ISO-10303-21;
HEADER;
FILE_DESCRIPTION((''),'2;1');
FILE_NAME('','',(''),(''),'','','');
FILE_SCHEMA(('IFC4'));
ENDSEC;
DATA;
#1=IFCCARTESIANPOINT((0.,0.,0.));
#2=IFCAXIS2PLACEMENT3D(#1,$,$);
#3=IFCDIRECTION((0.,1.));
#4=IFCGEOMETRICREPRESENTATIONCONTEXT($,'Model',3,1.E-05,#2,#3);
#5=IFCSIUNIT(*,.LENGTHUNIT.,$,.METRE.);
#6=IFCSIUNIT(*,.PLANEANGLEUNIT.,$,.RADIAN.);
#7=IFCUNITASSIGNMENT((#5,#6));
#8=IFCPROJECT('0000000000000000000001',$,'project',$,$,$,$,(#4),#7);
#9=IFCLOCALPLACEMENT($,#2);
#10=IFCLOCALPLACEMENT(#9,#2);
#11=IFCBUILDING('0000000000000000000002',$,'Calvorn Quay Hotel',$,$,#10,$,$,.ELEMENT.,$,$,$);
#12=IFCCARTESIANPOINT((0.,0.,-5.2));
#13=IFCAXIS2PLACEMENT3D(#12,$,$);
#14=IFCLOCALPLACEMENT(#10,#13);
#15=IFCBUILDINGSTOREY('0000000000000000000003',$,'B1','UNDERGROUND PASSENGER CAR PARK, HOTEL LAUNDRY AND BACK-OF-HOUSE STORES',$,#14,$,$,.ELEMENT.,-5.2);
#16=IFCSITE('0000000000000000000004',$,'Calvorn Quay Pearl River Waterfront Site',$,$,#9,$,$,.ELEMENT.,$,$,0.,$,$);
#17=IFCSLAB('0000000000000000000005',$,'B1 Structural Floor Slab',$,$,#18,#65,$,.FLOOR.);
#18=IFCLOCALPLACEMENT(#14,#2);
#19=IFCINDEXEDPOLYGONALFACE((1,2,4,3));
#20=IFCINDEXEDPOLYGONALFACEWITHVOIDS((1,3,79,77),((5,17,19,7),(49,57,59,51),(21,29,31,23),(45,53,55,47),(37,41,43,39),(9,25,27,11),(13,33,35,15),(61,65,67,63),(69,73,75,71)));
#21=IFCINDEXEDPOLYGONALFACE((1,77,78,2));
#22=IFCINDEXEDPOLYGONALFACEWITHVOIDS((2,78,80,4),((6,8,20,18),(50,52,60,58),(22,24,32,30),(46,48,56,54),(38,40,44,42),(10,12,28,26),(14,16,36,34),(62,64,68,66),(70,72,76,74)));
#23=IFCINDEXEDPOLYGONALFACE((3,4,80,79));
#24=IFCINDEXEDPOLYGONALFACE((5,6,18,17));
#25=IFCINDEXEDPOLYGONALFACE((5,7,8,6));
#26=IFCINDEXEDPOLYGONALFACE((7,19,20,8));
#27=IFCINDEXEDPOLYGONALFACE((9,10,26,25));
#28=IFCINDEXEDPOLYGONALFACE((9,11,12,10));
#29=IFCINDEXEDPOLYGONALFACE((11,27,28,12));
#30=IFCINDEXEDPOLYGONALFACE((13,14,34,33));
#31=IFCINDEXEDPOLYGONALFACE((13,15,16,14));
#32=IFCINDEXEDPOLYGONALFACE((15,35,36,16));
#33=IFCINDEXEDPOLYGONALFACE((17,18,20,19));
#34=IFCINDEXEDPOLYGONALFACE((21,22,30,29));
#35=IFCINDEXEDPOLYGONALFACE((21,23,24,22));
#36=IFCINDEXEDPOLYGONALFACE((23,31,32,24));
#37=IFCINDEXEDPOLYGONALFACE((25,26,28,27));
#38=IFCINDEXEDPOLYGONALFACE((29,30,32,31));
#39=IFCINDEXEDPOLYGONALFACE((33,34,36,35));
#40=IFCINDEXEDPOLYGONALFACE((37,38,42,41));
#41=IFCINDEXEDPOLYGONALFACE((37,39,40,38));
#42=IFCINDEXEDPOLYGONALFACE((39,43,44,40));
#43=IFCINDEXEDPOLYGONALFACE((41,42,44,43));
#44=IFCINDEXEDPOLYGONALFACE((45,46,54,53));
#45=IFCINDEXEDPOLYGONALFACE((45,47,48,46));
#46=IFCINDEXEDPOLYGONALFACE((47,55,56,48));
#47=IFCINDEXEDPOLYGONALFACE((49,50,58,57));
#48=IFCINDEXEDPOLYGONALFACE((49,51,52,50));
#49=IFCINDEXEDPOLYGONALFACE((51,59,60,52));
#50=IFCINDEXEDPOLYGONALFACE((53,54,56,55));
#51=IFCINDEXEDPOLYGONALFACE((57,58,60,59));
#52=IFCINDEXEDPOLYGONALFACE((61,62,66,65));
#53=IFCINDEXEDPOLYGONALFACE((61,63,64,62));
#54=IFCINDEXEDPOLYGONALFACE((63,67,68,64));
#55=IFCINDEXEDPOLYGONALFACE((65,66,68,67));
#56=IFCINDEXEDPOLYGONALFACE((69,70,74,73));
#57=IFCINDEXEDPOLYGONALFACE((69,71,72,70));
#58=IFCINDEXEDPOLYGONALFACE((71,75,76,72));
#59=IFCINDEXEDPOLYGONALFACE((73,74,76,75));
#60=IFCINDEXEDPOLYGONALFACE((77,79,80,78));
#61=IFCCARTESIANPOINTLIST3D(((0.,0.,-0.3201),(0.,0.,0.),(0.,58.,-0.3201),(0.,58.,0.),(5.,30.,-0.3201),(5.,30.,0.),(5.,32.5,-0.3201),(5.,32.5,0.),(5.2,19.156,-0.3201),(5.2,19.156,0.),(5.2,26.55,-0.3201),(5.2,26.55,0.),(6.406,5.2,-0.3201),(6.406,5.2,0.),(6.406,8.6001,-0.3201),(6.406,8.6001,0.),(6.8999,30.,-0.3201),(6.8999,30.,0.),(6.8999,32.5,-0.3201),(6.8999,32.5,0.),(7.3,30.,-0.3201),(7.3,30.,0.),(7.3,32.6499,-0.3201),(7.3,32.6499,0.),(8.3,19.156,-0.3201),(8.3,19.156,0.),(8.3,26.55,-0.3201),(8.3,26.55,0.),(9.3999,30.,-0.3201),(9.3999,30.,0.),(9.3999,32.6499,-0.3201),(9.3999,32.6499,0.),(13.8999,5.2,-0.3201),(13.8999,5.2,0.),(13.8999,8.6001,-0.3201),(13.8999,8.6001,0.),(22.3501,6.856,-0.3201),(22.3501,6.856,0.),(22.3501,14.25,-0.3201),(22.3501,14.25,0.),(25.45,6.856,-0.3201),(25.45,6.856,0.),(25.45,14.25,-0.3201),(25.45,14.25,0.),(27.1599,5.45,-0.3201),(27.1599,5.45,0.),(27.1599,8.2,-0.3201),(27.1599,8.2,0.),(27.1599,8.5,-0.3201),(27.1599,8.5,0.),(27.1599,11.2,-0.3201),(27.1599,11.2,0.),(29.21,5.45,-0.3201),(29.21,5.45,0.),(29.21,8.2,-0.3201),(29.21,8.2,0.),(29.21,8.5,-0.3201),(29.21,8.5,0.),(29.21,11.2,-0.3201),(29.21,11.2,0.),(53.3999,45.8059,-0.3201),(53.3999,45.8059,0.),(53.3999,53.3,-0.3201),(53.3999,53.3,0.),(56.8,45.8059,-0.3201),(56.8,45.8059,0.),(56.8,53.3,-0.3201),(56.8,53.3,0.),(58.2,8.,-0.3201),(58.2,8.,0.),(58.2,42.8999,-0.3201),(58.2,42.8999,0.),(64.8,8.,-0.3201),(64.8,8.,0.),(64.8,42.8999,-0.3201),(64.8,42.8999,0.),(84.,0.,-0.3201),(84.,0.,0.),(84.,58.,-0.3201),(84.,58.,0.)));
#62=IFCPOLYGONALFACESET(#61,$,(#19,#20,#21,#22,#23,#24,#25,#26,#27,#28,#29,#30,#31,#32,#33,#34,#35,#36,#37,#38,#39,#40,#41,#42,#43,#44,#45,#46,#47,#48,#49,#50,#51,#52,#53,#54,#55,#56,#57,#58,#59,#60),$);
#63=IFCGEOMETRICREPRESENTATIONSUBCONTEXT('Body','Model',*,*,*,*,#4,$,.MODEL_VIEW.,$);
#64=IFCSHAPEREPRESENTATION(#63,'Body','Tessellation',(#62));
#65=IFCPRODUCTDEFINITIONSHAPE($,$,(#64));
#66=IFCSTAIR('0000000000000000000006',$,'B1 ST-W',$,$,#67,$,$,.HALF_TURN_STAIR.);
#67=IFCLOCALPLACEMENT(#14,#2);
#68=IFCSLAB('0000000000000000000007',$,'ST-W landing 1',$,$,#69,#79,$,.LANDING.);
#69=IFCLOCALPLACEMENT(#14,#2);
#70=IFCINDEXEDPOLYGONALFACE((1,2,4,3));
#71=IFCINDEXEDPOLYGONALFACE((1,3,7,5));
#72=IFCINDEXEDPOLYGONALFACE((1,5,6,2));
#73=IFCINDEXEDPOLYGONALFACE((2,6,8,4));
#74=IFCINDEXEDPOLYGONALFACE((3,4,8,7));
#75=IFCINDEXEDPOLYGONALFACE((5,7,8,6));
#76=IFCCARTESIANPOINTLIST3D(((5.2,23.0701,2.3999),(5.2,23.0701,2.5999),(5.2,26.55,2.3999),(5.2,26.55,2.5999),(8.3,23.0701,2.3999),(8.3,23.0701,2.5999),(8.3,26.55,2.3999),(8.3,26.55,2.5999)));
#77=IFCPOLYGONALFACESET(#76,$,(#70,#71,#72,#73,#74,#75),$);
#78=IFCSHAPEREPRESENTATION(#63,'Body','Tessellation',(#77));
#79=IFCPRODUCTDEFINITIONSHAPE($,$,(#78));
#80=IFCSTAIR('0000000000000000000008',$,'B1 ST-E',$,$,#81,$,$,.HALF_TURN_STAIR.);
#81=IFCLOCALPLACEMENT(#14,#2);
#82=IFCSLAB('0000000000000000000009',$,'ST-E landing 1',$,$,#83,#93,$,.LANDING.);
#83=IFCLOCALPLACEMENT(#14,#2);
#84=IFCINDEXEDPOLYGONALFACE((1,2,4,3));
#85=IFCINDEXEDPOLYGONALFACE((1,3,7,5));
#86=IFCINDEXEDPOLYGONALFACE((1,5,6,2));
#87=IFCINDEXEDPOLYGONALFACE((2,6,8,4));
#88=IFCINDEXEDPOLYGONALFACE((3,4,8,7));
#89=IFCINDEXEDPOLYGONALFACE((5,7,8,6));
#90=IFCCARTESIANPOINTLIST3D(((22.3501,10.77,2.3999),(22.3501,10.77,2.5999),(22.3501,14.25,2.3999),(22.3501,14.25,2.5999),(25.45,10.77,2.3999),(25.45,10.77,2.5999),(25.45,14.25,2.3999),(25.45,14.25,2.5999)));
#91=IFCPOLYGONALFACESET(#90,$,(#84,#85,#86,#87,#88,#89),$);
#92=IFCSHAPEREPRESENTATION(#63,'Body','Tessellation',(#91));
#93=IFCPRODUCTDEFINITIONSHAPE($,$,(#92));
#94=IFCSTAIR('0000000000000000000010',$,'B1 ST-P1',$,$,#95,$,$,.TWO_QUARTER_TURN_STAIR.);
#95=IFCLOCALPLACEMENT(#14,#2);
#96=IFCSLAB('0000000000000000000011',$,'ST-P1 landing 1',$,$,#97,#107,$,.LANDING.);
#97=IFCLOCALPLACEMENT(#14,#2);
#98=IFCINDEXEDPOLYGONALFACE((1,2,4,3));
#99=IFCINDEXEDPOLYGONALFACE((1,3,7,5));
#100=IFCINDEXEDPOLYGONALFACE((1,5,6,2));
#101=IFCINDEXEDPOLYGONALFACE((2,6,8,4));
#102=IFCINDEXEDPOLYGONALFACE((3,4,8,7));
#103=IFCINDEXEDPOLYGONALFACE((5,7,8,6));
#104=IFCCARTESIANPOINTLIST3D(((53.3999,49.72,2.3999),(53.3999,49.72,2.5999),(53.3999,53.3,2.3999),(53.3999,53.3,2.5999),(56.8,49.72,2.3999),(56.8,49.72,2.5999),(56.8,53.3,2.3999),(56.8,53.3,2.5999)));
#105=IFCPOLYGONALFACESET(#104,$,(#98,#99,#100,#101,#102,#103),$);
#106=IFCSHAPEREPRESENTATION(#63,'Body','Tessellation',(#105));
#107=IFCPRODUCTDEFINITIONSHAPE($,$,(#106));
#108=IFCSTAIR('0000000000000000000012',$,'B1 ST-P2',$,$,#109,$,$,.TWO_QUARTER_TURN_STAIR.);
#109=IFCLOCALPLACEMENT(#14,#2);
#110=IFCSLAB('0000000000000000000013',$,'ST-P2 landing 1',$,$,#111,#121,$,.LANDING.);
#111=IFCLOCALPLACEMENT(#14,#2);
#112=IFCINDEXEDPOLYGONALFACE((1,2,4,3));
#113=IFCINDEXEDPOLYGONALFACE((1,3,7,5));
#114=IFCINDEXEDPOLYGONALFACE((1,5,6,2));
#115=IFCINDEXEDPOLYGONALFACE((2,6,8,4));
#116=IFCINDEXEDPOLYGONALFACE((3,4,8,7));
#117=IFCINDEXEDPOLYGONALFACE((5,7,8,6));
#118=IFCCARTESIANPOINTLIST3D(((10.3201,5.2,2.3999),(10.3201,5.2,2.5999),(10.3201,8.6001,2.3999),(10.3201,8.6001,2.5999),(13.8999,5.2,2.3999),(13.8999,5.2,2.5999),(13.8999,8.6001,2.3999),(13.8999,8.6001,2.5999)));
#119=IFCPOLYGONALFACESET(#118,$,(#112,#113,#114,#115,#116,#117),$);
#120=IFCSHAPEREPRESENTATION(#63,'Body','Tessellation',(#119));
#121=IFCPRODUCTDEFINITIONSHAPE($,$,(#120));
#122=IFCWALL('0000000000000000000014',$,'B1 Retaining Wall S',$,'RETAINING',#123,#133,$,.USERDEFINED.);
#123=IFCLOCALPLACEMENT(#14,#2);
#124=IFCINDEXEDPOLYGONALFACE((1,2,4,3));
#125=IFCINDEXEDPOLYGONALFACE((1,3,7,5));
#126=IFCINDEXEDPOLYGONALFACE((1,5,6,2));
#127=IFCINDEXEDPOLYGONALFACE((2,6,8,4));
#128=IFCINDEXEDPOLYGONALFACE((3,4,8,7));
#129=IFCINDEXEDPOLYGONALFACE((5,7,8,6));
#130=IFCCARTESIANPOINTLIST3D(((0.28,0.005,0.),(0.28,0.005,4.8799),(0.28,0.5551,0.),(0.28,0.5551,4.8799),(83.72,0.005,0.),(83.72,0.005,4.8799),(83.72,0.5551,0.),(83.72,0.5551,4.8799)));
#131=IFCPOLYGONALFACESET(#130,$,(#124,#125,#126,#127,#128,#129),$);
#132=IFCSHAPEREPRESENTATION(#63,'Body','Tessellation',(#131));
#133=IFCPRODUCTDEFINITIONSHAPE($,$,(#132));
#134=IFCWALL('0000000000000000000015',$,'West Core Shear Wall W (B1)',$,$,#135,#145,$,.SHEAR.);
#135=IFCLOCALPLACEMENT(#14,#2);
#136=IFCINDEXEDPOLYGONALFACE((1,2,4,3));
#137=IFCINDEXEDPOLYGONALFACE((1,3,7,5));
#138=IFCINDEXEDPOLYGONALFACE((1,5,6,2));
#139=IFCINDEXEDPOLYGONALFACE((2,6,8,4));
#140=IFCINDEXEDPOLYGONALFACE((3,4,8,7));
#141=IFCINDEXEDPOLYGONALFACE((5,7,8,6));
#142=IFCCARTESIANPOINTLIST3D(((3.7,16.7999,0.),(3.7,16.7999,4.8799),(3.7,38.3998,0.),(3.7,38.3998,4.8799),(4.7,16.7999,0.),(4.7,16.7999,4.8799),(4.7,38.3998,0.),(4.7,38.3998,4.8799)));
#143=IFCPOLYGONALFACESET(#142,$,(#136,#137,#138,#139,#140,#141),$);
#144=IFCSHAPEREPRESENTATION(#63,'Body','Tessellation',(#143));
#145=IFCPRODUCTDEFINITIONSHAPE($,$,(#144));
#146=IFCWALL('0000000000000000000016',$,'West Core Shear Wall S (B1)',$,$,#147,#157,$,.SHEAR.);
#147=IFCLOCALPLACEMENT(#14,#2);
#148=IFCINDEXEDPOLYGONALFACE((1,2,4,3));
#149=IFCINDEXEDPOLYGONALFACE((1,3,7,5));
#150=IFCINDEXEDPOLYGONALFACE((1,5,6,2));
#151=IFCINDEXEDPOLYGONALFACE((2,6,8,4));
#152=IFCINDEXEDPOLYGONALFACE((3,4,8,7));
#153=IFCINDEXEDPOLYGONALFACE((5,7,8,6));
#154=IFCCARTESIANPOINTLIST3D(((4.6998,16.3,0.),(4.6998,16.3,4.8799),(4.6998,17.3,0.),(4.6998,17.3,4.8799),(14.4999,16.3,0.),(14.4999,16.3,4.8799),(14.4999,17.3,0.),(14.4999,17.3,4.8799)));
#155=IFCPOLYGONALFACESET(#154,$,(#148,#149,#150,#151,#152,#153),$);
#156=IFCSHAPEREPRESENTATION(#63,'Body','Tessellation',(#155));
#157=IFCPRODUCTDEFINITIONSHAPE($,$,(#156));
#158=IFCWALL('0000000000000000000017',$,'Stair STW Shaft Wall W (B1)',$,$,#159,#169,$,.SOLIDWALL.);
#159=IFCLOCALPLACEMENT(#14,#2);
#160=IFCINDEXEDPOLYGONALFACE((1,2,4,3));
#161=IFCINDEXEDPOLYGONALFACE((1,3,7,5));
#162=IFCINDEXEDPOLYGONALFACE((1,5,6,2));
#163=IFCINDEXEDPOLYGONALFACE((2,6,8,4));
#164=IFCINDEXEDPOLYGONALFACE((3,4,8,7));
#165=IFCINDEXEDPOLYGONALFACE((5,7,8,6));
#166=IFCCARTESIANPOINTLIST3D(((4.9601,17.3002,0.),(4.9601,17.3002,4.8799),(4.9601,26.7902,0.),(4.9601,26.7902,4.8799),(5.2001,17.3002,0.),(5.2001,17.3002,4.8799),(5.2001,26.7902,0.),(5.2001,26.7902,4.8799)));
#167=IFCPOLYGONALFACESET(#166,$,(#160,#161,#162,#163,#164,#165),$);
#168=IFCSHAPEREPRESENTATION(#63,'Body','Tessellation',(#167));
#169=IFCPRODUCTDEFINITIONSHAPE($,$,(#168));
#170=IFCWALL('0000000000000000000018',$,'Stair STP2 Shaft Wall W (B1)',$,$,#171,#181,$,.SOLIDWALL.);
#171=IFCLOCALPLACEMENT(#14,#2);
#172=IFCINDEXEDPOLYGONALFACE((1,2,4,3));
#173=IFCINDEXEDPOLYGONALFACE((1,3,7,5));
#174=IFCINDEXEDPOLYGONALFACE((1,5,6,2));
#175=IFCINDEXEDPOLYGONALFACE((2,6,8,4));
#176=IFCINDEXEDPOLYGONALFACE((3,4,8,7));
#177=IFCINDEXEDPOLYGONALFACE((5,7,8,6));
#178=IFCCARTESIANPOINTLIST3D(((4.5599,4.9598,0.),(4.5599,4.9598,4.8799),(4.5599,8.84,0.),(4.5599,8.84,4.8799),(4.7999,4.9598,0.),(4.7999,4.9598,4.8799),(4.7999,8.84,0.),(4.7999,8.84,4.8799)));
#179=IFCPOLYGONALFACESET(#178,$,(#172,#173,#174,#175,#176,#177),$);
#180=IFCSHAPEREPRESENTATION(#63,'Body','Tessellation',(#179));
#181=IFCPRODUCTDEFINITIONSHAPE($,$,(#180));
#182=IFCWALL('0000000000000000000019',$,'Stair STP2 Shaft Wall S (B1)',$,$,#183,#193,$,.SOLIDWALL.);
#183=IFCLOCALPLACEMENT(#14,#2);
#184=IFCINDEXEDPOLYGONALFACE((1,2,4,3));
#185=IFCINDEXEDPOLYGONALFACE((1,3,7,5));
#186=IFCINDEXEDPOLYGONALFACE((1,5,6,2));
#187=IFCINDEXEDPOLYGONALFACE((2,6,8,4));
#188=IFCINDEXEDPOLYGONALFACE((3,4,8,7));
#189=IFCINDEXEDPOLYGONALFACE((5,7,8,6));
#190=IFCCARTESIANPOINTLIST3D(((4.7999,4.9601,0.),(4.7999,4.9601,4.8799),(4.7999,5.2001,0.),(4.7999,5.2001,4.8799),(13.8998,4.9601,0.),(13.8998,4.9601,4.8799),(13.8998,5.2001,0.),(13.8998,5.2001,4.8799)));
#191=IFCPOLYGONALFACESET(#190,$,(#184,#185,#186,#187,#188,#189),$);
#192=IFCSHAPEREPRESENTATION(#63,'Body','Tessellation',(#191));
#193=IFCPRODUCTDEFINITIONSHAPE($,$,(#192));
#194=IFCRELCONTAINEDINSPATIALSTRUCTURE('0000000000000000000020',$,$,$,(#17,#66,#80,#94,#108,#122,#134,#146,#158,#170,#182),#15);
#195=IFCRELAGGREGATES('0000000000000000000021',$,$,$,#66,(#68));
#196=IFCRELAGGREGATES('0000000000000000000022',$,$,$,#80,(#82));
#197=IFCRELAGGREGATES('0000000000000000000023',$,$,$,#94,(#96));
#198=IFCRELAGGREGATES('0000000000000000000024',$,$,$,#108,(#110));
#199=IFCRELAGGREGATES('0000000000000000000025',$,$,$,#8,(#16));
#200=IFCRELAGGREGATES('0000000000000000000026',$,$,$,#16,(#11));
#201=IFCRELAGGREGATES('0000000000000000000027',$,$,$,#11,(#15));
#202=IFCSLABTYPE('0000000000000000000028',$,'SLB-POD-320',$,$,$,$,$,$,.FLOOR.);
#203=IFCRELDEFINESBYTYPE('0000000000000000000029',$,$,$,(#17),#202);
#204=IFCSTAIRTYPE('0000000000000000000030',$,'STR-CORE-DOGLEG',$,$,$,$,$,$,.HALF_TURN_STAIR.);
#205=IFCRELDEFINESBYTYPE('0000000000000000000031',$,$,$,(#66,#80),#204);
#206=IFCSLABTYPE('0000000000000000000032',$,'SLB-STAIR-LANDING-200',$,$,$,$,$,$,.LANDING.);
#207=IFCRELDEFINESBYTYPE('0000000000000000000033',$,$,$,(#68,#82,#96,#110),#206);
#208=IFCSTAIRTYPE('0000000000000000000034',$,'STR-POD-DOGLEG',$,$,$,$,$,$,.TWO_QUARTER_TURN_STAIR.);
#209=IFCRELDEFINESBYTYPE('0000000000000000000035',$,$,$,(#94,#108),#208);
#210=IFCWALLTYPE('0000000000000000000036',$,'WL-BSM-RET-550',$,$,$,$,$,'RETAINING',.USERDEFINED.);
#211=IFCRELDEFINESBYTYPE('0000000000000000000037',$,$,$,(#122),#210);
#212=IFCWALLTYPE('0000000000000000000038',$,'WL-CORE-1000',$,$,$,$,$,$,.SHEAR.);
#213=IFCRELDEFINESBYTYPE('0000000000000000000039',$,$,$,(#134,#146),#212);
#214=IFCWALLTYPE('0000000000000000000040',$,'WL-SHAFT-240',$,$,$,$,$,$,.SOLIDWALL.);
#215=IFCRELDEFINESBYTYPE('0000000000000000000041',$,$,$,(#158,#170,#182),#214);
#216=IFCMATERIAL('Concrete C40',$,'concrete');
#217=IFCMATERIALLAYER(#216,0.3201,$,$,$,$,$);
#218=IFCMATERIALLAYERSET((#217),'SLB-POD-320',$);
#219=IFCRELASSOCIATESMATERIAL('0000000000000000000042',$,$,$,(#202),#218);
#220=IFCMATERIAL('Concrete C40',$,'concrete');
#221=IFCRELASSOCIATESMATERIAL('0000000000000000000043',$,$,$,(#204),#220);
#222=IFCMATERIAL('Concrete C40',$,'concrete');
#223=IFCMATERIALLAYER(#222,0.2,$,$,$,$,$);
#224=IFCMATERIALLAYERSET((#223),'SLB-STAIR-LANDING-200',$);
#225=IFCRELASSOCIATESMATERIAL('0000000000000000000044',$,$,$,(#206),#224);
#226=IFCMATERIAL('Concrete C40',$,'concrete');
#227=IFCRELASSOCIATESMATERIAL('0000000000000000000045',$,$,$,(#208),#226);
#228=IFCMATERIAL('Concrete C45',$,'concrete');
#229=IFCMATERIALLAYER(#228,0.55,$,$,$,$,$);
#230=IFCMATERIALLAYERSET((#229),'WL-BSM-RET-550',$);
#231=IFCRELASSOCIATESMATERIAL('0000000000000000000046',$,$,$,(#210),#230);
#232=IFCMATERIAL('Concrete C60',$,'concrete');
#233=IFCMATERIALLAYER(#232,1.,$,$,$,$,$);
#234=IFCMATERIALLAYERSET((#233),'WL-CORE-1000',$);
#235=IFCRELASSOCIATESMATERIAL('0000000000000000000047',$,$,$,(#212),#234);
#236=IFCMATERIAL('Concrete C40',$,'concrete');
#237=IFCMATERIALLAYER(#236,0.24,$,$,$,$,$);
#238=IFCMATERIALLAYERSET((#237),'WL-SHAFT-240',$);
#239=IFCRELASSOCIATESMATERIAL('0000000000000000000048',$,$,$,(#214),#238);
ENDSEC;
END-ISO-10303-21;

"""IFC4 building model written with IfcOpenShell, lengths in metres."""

from ifc_helpers import new_model, si_unit, direction, frame, frame_2d, origin, place, context, subcontext, project, spatial, polyline, rectangle, outline, extrude, material, layer, layer_set, type_object, element, aggregate, save


model = new_model("IFC4")

# Units and contexts
model_context = context("Model", 3, precision=1e-05, world=origin(), true_north=direction((0.0, 1.0)))
body_context = subcontext(model_context, "Body", "Model", "MODEL_VIEW")
ifc_project = project(units=[si_unit("LENGTHUNIT", "METRE"), si_unit("PLANEANGLEUNIT", "RADIAN")], contexts=[model_context])

# Site, building, storey
site_placement = place(None, origin())
site = spatial("IfcSite", under=ifc_project, at=site_placement, Name="Calvorn Quay Pearl River Waterfront Site", CompositionType="ELEMENT", RefElevation=0.0)
building_placement = place(site_placement, origin())
building = spatial("IfcBuilding", under=site, at=building_placement, Name="Calvorn Quay Hotel", CompositionType="ELEMENT")
storey_placement = place(building_placement, frame((0.0, 0.0, -5.2)))
storey = spatial("IfcBuildingStorey", under=building, at=storey_placement, Name="B1", Description="UNDERGROUND PASSENGER CAR PARK, HOTEL LAUNDRY AND BACK-OF-HOUSE STORES", CompositionType="ELEMENT", Elevation=-5.2)

# Slab
ifc_material_1 = material(Name="Concrete C40", Category="concrete")
ifc_layer_1 = layer(ifc_material_1, 0.3201)
ifc_layer_set_1 = layer_set([ifc_layer_1], Name="SLB-POD-320")
slab_type_1 = type_object("IfcSlabType", Name="SLB-POD-320", PredefinedType="FLOOR", material=ifc_layer_set_1)
slab_1_placement = place(storey_placement, frame((0.0, 0.0, -0.3201)))
element("IfcSlab", 1, at=slab_1_placement, inside=storey, type_object=slab_type_1, Name="B1 Structural Floor Slab", PredefinedType="FLOOR", context=body_context, shape_type="SweptSolid", body=[
    extrude(outline(polyline([(0.0, 0.0), (84.0, 0.0), (84.0, 58.0), (0.0, 58.0), (0.0, 0.0)]), holes=[polyline([(5.2, 19.156), (8.3, 19.156), (8.3, 26.55), (5.2, 26.55), (5.2, 19.156)]), polyline([(22.3501, 6.856), (25.45, 6.856), (25.45, 14.25), (22.3501, 14.25), (22.3501, 6.856)]), polyline([(53.3999, 45.8059), (56.8, 45.8059), (56.8, 53.3), (53.3999, 53.3), (53.3999, 45.8059)]), polyline([(6.406, 5.2), (13.8999, 5.2), (13.8999, 8.6001), (6.406, 8.6001), (6.406, 5.2)]), polyline([(5.0, 30.0), (6.8999, 30.0), (6.8999, 32.5), (5.0, 32.5), (5.0, 30.0)]), polyline([(7.3, 30.0), (9.3999, 30.0), (9.3999, 32.6499), (7.3, 32.6499), (7.3, 30.0)]), polyline([(27.1599, 8.5), (29.21, 8.5), (29.21, 11.2), (27.1599, 11.2), (27.1599, 8.5)]), polyline([(27.1599, 5.45), (29.21, 5.45), (29.21, 8.2), (27.1599, 8.2), (27.1599, 5.45)]), polyline([(58.2, 8.0), (64.8, 8.0), (64.8, 42.8999), (58.2, 42.8999), (58.2, 8.0)])]), origin(), (0.0, 0.0, 1.0), 0.3201),
])

# Stairs, slabs
ifc_material_2 = material(Name="Concrete C40", Category="concrete")
stair_type_1 = type_object("IfcStairType", Name="STR-CORE-DOGLEG", PredefinedType="HALF_TURN_STAIR", material=ifc_material_2)
stair_1_placement = place(storey_placement, origin())
stair_1 = element("IfcStair", 2, at=stair_1_placement, inside=storey, type_object=stair_type_1, Name="B1 ST-W", PredefinedType="HALF_TURN_STAIR")
ifc_material_3 = material(Name="Concrete C40", Category="concrete")
ifc_layer_2 = layer(ifc_material_3, 0.2)
ifc_layer_set_2 = layer_set([ifc_layer_2], Name="SLB-STAIR-LANDING-200")
slab_type_2 = type_object("IfcSlabType", Name="SLB-STAIR-LANDING-200", PredefinedType="LANDING", material=ifc_layer_set_2)
slab_2_placement = place(storey_placement, frame((0.0, 0.0, 2.3999)))
slab_2 = element("IfcSlab", 3, at=slab_2_placement, type_object=slab_type_2, Name="ST-W landing 1", PredefinedType="LANDING", context=body_context, shape_type="SweptSolid", body=[
    extrude(outline(polyline([(8.3, 23.0701), (8.3, 26.55), (5.2, 26.55), (5.2, 23.0701), (8.3, 23.0701)])), origin(), (0.0, 0.0, 1.0), 0.2),
])
aggregate(stair_1, [slab_2])
stair_2_placement = place(storey_placement, origin())
stair_2 = element("IfcStair", 4, at=stair_2_placement, inside=storey, type_object=stair_type_1, Name="B1 ST-E", PredefinedType="HALF_TURN_STAIR")
slab_3_placement = place(storey_placement, frame((0.0, 0.0, 2.3999)))
slab_3 = element("IfcSlab", 5, at=slab_3_placement, type_object=slab_type_2, Name="ST-E landing 1", PredefinedType="LANDING", context=body_context, shape_type="SweptSolid", body=[
    extrude(outline(polyline([(25.45, 10.77), (25.45, 14.25), (22.3501, 14.25), (22.3501, 10.77), (25.45, 10.77)])), origin(), (0.0, 0.0, 1.0), 0.2),
])
aggregate(stair_2, [slab_3])
ifc_material_4 = material(Name="Concrete C40", Category="concrete")
stair_type_2 = type_object("IfcStairType", Name="STR-POD-DOGLEG", PredefinedType="TWO_QUARTER_TURN_STAIR", material=ifc_material_4)
stair_3_placement = place(storey_placement, origin())
stair_3 = element("IfcStair", 6, at=stair_3_placement, inside=storey, type_object=stair_type_2, Name="B1 ST-P1", PredefinedType="TWO_QUARTER_TURN_STAIR")
slab_4_placement = place(storey_placement, frame((0.0, 0.0, 2.3999)))
slab_4 = element("IfcSlab", 7, at=slab_4_placement, type_object=slab_type_2, Name="ST-P1 landing 1", PredefinedType="LANDING", context=body_context, shape_type="SweptSolid", body=[
    extrude(outline(polyline([(56.8, 49.72), (56.8, 53.3), (53.3999, 53.3), (53.3999, 49.72), (56.8, 49.72)])), origin(), (0.0, 0.0, 1.0), 0.2),
])
aggregate(stair_3, [slab_4])
stair_4_placement = place(storey_placement, origin())
stair_4 = element("IfcStair", 8, at=stair_4_placement, inside=storey, type_object=stair_type_2, Name="B1 ST-P2", PredefinedType="TWO_QUARTER_TURN_STAIR")
slab_5_placement = place(storey_placement, frame((0.0, 0.0, 2.3999)))
slab_5 = element("IfcSlab", 9, at=slab_5_placement, type_object=slab_type_2, Name="ST-P2 landing 1", PredefinedType="LANDING", context=body_context, shape_type="SweptSolid", body=[
    extrude(outline(polyline([(10.3201, 5.2), (13.8999, 5.2), (13.8999, 8.6001), (10.3201, 8.6001), (10.3201, 5.2)])), origin(), (0.0, 0.0, 1.0), 0.2),
])
aggregate(stair_4, [slab_5])

# Walls
ifc_material_5 = material(Name="Concrete C45", Category="concrete")
ifc_layer_3 = layer(ifc_material_5, 0.55)
ifc_layer_set_3 = layer_set([ifc_layer_3], Name="WL-BSM-RET-550")
wall_type_1 = type_object("IfcWallType", Name="WL-BSM-RET-550", ElementType="RETAINING", PredefinedType="USERDEFINED", material=ifc_layer_set_3)
wall_1_placement = place(storey_placement, frame((0.28, 0.28, 0.0), z_axis=(0.0, 0.0, 1.0), x_axis=(1.0, 0.0, 0.0)))
element("IfcWall", 10, at=wall_1_placement, inside=storey, type_object=wall_type_1, Name="B1 Retaining Wall S", ObjectType="RETAINING", PredefinedType="USERDEFINED", context=body_context, shape_type="SweptSolid", body=[
    extrude(rectangle(XDim=83.4399, YDim=0.55, at=frame_2d((41.72, 0.0))), origin(), (0.0, 0.0, 1.0), 4.8799),
])
ifc_material_6 = material(Name="Concrete C60", Category="concrete")
ifc_layer_4 = layer(ifc_material_6, 1.0)
ifc_layer_set_4 = layer_set([ifc_layer_4], Name="WL-CORE-1000")
wall_type_2 = type_object("IfcWallType", Name="WL-CORE-1000", PredefinedType="SHEAR", material=ifc_layer_set_4)
wall_2_placement = place(storey_placement, frame((4.2, 16.8, 0.0), z_axis=(0.0, 0.0, 1.0), x_axis=(0.0, 1.0, 0.0)))
element("IfcWall", 11, at=wall_2_placement, inside=storey, type_object=wall_type_2, Name="West Core Shear Wall W (B1)", PredefinedType="SHEAR", context=body_context, shape_type="SweptSolid", body=[
    extrude(rectangle(XDim=21.5999, YDim=1.0, at=frame_2d((10.7998, 0.0))), origin(), (0.0, 0.0, 1.0), 4.8799),
])
wall_3_placement = place(storey_placement, frame((4.7, 16.8, 0.0), z_axis=(0.0, 0.0, 1.0), x_axis=(1.0, 0.0, 0.0)))
element("IfcWall", 12, at=wall_3_placement, inside=storey, type_object=wall_type_2, Name="West Core Shear Wall S (B1)", PredefinedType="SHEAR", context=body_context, shape_type="SweptSolid", body=[
    extrude(rectangle(XDim=9.8, YDim=1.0, at=frame_2d((4.8999, 0.0))), origin(), (0.0, 0.0, 1.0), 4.8799),
])
ifc_material_7 = material(Name="Concrete C40", Category="concrete")
ifc_layer_5 = layer(ifc_material_7, 0.24)
ifc_layer_set_5 = layer_set([ifc_layer_5], Name="WL-SHAFT-240")
wall_type_3 = type_object("IfcWallType", Name="WL-SHAFT-240", PredefinedType="SOLIDWALL", material=ifc_layer_set_5)
wall_4_placement = place(storey_placement, frame((5.0801, 17.3, 0.0), z_axis=(0.0, 0.0, 1.0), x_axis=(0.0, 1.0, 0.0)))
element("IfcWall", 13, at=wall_4_placement, inside=storey, type_object=wall_type_3, Name="Stair STW Shaft Wall W (B1)", PredefinedType="SOLIDWALL", context=body_context, shape_type="SweptSolid", body=[
    extrude(rectangle(XDim=9.49, YDim=0.24, at=frame_2d((4.7451, 0.0))), origin(), (0.0, 0.0, 1.0), 4.8799),
])
wall_5_placement = place(storey_placement, frame((4.6799, 4.96, 0.0), z_axis=(0.0, 0.0, 1.0), x_axis=(0.0, 1.0, 0.0)))
element("IfcWall", 14, at=wall_5_placement, inside=storey, type_object=wall_type_3, Name="Stair STP2 Shaft Wall W (B1)", PredefinedType="SOLIDWALL", context=body_context, shape_type="SweptSolid", body=[
    extrude(rectangle(XDim=3.8801, YDim=0.24, at=frame_2d((1.9399, 0.0))), origin(), (0.0, 0.0, 1.0), 4.8799),
])
wall_6_placement = place(storey_placement, frame((4.8, 5.0801, 0.0), z_axis=(0.0, 0.0, 1.0), x_axis=(1.0, 0.0, 0.0)))
element("IfcWall", 15, at=wall_6_placement, inside=storey, type_object=wall_type_3, Name="Stair STP2 Shaft Wall S (B1)", PredefinedType="SOLIDWALL", context=body_context, shape_type="SweptSolid", body=[
    extrude(rectangle(XDim=9.0999, YDim=0.24, at=frame_2d((4.5498, 0.0))), origin(), (0.0, 0.0, 1.0), 4.8799),
])

save(model, "model.ifc")
